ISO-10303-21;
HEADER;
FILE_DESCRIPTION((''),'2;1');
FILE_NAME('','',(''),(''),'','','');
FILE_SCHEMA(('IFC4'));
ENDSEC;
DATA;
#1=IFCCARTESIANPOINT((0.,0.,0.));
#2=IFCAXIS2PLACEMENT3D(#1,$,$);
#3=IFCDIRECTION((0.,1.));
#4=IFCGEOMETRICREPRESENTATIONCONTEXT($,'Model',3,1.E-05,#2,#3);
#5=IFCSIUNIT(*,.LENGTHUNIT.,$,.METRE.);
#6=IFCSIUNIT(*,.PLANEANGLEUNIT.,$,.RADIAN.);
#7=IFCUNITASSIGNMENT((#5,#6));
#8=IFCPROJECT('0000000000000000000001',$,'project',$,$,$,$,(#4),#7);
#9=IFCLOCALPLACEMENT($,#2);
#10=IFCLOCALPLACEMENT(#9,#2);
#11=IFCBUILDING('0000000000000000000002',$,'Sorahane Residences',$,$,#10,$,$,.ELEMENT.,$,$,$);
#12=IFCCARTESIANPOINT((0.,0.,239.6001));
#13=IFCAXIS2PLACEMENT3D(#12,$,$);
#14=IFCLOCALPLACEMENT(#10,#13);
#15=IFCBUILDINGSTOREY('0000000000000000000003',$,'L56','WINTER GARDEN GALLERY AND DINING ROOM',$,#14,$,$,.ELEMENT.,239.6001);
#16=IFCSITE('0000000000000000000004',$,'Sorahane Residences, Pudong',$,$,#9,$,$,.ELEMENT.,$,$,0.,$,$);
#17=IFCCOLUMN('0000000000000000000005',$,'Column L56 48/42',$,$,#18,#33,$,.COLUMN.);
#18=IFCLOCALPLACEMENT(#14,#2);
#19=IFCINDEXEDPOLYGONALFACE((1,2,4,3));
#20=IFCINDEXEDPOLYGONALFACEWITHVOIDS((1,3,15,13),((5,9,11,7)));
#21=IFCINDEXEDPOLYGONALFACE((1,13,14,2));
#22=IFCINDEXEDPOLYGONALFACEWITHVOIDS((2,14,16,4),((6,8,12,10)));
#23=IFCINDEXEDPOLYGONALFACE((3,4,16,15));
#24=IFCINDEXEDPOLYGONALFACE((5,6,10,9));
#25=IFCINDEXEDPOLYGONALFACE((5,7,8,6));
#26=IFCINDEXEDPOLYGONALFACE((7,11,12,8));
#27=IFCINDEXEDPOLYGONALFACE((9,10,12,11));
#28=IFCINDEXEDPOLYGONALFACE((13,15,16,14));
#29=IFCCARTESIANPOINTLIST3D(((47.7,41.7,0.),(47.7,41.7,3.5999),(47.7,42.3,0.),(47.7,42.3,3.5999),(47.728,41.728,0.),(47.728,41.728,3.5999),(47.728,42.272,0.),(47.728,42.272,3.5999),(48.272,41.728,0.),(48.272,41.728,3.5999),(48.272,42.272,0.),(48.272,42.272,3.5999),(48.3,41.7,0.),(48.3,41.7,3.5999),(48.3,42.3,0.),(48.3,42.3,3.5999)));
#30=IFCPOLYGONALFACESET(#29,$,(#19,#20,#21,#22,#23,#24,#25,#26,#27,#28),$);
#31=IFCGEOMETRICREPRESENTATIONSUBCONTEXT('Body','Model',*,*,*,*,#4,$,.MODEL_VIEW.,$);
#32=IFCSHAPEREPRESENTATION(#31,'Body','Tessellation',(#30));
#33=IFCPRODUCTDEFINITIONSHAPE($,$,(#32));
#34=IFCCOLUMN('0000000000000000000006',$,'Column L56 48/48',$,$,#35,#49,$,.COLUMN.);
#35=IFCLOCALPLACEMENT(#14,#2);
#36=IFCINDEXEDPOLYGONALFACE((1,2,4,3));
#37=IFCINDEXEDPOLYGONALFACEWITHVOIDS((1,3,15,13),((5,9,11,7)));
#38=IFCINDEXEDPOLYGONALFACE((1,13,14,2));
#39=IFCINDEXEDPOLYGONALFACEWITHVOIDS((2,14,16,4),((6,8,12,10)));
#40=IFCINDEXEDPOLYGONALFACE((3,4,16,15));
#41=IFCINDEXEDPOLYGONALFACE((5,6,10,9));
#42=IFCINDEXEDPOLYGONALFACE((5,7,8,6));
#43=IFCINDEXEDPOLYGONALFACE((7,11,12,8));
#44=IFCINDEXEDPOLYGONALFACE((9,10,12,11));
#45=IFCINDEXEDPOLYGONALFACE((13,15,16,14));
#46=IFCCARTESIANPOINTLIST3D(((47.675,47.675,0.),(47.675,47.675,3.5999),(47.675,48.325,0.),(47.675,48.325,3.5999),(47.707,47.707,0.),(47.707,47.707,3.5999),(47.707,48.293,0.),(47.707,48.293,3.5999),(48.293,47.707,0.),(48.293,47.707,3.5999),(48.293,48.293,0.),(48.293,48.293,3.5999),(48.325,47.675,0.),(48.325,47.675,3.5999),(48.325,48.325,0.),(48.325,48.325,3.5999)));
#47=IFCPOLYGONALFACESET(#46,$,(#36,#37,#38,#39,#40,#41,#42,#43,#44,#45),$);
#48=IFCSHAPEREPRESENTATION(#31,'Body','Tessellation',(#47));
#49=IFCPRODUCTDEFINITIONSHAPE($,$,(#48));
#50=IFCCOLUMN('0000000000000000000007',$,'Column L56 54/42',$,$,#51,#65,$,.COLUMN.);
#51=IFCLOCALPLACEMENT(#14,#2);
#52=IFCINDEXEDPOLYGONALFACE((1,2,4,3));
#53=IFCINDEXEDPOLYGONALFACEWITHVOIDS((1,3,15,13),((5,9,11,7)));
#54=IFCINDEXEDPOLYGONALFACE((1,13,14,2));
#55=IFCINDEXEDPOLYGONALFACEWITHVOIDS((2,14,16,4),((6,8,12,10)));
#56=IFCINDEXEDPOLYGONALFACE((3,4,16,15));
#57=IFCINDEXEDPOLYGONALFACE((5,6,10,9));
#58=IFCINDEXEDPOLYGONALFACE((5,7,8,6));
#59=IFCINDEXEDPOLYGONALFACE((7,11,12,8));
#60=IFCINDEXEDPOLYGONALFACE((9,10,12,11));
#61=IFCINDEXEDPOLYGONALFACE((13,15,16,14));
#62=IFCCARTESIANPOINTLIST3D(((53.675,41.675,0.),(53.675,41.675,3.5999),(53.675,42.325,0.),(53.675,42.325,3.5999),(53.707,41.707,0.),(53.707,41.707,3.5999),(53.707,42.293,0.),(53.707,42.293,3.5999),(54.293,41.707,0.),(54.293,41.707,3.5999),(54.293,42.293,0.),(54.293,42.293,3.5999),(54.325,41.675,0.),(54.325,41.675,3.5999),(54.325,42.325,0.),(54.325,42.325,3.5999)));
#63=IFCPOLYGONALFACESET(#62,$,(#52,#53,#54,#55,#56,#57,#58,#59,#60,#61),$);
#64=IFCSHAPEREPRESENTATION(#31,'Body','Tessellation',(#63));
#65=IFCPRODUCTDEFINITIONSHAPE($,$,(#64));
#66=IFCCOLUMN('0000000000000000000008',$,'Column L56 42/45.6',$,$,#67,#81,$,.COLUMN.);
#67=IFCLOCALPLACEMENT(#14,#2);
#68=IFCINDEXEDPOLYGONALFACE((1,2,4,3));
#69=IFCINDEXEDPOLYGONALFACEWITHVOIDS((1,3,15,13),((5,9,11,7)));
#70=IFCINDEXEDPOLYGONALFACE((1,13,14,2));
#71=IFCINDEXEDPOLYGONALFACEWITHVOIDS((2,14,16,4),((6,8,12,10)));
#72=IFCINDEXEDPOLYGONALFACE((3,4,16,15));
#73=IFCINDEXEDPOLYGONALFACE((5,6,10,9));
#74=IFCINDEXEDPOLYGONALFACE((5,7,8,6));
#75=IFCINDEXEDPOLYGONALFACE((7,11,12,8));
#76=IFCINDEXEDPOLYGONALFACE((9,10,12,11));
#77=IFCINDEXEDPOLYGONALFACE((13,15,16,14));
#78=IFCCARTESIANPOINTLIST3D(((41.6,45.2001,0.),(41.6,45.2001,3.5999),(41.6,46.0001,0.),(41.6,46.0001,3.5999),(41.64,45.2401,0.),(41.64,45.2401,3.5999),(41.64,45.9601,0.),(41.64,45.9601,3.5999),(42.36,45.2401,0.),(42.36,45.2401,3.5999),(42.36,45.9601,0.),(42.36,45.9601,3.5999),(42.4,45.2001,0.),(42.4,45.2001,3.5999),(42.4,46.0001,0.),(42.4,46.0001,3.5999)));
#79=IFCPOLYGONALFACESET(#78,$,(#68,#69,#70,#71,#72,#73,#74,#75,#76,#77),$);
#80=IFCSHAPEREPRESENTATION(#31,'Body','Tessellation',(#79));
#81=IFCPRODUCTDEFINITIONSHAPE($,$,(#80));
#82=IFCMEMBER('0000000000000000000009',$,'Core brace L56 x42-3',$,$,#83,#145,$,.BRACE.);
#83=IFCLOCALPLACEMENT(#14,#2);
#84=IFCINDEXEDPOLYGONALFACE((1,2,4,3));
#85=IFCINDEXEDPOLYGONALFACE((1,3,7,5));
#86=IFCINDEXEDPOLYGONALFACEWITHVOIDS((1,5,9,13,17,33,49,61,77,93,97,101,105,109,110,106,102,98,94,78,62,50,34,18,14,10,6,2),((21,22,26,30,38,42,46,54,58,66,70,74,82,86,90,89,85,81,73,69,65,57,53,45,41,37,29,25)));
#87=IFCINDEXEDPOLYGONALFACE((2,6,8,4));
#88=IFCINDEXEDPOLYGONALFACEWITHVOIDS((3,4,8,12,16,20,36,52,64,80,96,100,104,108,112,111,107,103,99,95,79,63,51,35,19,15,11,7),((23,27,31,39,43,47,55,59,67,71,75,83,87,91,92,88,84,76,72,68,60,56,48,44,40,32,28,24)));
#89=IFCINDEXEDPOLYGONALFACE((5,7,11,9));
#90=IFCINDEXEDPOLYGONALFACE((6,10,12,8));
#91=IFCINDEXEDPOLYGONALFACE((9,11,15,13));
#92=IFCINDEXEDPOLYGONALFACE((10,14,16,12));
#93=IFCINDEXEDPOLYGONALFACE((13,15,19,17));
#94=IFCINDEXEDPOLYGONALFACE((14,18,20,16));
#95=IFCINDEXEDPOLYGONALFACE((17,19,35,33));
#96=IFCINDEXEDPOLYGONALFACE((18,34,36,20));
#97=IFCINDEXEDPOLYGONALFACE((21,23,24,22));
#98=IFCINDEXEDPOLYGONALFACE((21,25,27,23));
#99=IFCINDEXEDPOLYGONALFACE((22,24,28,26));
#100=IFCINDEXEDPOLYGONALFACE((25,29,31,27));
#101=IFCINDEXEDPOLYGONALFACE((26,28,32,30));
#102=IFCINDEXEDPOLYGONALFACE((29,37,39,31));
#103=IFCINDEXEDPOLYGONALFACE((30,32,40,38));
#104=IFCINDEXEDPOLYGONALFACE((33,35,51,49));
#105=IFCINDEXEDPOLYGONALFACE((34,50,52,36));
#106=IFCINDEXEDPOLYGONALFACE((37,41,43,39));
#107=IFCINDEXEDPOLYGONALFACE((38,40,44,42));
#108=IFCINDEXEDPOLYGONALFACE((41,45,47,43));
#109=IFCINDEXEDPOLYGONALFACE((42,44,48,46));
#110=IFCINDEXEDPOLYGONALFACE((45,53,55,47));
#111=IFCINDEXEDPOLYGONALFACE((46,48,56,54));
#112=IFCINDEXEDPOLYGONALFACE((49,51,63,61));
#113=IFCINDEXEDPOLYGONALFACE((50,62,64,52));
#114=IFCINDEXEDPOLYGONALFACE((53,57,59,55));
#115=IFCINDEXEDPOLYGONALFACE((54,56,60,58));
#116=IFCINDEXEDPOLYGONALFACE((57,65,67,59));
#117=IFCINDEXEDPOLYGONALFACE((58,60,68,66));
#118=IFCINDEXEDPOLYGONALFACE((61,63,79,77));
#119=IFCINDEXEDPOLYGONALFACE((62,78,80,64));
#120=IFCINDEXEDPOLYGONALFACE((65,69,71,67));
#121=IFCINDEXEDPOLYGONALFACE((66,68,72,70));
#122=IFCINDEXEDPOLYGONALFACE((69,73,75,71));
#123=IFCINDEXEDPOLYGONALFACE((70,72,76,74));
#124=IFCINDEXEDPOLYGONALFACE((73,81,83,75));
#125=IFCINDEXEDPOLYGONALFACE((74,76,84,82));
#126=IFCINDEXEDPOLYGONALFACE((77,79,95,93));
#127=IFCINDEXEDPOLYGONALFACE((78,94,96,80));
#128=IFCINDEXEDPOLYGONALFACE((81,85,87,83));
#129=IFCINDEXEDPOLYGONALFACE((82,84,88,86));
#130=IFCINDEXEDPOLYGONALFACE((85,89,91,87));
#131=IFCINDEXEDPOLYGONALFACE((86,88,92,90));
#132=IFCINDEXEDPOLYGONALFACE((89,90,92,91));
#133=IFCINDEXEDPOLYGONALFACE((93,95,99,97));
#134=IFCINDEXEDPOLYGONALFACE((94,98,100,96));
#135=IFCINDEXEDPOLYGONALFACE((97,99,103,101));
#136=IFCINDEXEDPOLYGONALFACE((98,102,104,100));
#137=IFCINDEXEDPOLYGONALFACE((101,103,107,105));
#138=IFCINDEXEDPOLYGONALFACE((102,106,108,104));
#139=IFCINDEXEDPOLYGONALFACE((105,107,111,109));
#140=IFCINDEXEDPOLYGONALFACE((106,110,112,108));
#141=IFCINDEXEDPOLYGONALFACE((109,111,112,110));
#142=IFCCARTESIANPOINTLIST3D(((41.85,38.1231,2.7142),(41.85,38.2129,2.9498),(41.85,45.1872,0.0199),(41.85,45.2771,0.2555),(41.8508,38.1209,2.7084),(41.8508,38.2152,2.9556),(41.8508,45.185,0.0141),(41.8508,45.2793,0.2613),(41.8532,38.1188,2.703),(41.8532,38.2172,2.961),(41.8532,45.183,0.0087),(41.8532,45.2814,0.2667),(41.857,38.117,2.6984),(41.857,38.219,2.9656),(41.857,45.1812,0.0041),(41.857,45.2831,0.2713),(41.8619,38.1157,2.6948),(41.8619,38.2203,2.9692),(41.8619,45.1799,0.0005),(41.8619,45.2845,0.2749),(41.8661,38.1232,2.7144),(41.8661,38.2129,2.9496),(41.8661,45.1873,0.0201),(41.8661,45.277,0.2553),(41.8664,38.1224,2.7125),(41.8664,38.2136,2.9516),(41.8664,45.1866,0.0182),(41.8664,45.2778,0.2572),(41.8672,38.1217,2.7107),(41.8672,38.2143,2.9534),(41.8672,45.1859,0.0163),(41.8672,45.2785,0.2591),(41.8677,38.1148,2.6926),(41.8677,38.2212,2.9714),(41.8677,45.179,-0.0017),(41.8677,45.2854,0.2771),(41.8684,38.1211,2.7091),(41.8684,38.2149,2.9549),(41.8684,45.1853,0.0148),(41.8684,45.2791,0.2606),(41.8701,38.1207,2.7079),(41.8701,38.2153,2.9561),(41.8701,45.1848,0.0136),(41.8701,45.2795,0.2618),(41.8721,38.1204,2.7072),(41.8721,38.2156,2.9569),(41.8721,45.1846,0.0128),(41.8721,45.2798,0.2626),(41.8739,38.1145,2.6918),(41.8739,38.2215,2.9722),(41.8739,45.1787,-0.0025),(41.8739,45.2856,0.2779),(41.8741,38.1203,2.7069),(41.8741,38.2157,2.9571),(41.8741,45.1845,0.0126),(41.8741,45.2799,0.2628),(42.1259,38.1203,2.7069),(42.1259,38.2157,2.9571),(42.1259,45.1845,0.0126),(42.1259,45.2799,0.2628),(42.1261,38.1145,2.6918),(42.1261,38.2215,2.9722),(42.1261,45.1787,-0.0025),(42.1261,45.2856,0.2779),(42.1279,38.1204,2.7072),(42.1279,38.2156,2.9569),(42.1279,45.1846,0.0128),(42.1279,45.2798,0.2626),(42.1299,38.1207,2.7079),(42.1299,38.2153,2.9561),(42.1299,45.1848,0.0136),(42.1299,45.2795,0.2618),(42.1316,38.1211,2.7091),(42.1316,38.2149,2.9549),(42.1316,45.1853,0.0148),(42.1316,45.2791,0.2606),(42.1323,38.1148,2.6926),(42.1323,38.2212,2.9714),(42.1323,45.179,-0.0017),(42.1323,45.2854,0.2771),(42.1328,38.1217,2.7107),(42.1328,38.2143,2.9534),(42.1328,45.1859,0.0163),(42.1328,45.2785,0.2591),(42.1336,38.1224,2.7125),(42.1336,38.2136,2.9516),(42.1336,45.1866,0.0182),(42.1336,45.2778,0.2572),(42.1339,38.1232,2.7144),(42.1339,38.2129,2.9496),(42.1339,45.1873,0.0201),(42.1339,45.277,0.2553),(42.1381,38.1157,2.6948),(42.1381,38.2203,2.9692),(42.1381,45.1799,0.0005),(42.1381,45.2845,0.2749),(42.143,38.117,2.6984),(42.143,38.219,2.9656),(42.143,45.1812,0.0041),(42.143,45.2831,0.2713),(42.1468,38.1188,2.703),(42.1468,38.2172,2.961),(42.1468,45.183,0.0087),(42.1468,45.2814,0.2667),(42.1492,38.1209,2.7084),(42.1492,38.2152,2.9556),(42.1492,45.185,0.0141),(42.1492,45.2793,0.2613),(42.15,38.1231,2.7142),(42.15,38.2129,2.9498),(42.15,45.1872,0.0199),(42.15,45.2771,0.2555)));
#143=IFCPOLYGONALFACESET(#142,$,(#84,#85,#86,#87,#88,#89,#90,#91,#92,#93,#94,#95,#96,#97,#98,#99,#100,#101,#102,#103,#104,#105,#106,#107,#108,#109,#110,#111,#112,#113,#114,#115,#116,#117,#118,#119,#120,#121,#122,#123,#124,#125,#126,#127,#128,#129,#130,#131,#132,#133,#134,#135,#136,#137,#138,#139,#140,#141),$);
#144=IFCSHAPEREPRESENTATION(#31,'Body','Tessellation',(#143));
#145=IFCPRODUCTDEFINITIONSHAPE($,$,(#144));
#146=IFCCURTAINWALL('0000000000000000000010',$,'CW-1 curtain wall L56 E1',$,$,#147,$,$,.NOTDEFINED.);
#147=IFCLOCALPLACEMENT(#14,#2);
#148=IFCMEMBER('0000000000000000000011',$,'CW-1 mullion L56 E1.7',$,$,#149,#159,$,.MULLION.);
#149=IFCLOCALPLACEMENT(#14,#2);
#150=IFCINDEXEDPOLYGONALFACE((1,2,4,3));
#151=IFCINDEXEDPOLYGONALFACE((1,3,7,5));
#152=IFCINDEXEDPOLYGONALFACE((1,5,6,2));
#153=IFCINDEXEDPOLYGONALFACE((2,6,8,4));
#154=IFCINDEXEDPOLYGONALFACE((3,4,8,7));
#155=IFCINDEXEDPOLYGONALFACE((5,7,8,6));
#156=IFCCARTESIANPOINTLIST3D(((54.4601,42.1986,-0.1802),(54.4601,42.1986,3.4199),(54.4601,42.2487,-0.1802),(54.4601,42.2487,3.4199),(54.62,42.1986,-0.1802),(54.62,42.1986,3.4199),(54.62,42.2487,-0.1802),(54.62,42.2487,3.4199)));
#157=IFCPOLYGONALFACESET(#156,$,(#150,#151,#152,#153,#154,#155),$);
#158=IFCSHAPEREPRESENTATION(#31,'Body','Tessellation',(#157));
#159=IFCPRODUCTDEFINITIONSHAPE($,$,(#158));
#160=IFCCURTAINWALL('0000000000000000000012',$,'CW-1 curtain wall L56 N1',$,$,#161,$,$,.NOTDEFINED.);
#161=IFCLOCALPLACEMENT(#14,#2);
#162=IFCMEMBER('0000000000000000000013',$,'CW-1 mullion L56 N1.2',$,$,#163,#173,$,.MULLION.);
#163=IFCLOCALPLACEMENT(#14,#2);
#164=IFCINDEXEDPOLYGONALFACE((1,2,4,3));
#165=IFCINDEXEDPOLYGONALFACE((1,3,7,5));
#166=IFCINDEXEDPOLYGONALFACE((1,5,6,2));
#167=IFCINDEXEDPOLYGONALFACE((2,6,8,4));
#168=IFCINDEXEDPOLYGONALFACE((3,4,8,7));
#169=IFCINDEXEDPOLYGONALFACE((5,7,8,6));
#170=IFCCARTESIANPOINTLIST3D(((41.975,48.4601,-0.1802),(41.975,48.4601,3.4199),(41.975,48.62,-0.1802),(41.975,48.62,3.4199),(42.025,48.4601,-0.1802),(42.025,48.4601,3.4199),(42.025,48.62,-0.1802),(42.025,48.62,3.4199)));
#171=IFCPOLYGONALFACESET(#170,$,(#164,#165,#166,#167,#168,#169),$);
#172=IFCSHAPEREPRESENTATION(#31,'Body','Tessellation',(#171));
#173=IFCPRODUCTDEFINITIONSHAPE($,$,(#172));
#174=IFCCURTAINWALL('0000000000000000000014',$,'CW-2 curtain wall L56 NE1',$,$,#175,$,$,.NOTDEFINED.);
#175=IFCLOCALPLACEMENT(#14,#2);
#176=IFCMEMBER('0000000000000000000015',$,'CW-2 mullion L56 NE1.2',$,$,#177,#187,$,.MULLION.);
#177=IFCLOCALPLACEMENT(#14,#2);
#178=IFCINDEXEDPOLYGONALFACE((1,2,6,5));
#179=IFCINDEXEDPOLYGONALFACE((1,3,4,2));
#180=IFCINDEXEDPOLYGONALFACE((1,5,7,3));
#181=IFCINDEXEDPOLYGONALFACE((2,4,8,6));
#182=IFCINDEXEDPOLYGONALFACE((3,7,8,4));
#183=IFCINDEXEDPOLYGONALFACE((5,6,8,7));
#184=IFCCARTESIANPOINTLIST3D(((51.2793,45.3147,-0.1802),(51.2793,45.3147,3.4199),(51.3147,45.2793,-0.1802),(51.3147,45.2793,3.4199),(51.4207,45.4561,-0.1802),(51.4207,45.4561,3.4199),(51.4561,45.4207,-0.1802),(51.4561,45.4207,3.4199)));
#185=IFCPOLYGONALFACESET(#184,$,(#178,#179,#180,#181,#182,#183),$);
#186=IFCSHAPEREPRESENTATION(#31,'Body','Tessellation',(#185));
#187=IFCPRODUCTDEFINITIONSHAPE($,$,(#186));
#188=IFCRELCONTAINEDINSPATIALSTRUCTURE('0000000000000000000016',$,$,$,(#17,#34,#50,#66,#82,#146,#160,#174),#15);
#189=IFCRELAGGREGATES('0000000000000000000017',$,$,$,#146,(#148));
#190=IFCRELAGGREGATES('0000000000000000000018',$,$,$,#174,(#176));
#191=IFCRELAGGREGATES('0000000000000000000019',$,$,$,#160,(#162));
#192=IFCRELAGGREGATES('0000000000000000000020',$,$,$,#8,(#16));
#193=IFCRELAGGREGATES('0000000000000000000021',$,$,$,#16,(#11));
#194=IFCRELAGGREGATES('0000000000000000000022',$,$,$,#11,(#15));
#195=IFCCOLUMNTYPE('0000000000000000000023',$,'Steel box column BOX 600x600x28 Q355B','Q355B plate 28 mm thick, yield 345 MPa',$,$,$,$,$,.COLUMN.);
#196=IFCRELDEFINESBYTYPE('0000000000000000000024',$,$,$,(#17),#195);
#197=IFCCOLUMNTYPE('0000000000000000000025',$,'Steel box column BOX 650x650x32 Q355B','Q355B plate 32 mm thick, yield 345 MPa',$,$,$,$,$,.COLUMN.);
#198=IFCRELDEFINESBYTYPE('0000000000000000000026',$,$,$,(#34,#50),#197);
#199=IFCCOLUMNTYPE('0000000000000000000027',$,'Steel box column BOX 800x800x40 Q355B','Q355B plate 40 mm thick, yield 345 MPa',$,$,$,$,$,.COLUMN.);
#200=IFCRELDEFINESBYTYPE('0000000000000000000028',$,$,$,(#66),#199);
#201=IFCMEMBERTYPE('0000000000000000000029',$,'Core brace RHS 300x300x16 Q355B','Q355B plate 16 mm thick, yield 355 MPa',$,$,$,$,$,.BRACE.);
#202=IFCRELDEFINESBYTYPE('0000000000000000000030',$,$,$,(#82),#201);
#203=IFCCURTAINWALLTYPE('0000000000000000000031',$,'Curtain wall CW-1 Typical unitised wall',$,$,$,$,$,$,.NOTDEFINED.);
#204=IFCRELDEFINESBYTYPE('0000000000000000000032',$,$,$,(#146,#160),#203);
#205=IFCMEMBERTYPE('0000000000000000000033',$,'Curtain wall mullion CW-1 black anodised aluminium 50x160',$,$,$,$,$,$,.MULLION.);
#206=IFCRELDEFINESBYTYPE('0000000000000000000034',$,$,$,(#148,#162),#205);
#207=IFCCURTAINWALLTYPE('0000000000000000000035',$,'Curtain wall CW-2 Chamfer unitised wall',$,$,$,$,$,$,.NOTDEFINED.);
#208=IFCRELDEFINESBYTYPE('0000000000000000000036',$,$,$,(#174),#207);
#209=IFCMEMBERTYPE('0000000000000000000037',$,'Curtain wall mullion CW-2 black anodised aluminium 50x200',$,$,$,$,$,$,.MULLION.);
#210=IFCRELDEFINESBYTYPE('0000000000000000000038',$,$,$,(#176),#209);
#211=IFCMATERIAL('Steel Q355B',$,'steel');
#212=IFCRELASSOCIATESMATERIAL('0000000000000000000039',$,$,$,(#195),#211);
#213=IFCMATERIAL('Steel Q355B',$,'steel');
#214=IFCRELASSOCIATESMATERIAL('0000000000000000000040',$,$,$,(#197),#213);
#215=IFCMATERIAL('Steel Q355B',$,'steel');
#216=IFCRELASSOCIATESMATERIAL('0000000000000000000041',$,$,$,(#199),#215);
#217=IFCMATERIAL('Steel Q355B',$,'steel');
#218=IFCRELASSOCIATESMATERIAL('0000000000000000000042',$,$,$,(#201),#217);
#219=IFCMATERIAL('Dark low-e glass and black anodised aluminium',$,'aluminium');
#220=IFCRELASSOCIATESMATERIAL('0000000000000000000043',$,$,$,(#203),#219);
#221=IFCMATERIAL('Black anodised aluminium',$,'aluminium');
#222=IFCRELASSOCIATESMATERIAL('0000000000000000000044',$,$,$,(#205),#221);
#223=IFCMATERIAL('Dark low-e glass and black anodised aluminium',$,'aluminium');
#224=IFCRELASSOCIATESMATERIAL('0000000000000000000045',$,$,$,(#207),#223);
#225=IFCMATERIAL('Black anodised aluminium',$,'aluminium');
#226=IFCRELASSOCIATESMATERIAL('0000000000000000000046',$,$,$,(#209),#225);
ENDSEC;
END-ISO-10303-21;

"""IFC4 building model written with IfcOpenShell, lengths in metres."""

from ifc_helpers import new_model, si_unit, direction, frame, origin, origin_2d, place, context, subcontext, project, spatial, rectangle, hollow_rectangle, extrude, material, material_profile, profile_set, type_object, element, aggregate, save


model = new_model("IFC4")

# Units and contexts
model_context = context("Model", 3, precision=1e-05, world=origin(), true_north=direction((0.0, 1.0)))
body_context = subcontext(model_context, "Body", "Model", "MODEL_VIEW")
ifc_project = project(units=[si_unit("LENGTHUNIT", "METRE"), si_unit("PLANEANGLEUNIT", "RADIAN")], contexts=[model_context])

# Site, building, storey
site_placement = place(None, origin())
site = spatial("IfcSite", under=ifc_project, at=site_placement, Name="Sorahane Residences, Pudong", CompositionType="ELEMENT", RefElevation=0.0)
building_placement = place(site_placement, origin())
building = spatial("IfcBuilding", under=site, at=building_placement, Name="Sorahane Residences", CompositionType="ELEMENT")
storey_placement = place(building_placement, frame((0.0, 0.0, 239.6001)))
storey = spatial("IfcBuildingStorey", under=building, at=storey_placement, Name="L56", Description="WINTER GARDEN GALLERY AND DINING ROOM", CompositionType="ELEMENT", Elevation=239.6001)

# Columns
ifc_material_1 = material(Name="Steel Q355B", Category="steel")
ifc_material_profile_1 = material_profile(ifc_material_1, hollow_rectangle(XDim=0.6001, YDim=0.6001, WallThickness=0.0281, at=origin_2d()), Name="BOX 600x600x28")
ifc_profile_set_1 = profile_set([ifc_material_profile_1], Name="Steel Q355B")
column_type_1 = type_object("IfcColumnType", Name="Steel box column BOX 600x600x28 Q355B", Description="Q355B plate 28 mm thick, yield 345 MPa", PredefinedType="COLUMN", material=ifc_profile_set_1)
column_1_placement = place(storey_placement, frame((48.0, 42.0, 0.0), z_axis=(0.0, 0.0, 1.0), x_axis=(1.0, 0.0, 0.0)))
element("IfcColumn", 1, at=column_1_placement, inside=storey, type_object=column_type_1, Name="Column L56 48/42", PredefinedType="COLUMN", context=body_context, shape_type="SweptSolid", body=[
    extrude(hollow_rectangle(XDim=0.6001, YDim=0.6001, WallThickness=0.0281, at=origin_2d()), origin(), (0.0, 0.0, 1.0), 3.5999),
])
ifc_material_2 = material(Name="Steel Q355B", Category="steel")
ifc_material_profile_2 = material_profile(ifc_material_2, hollow_rectangle(XDim=0.6499, YDim=0.6499, WallThickness=0.032, at=origin_2d()), Name="BOX 650x650x32")
ifc_profile_set_2 = profile_set([ifc_material_profile_2], Name="Steel Q355B")
column_type_2 = type_object("IfcColumnType", Name="Steel box column BOX 650x650x32 Q355B", Description="Q355B plate 32 mm thick, yield 345 MPa", PredefinedType="COLUMN", material=ifc_profile_set_2)
for number, where, z_axis, x_axis, name in (
    (2, (48.0, 48.0, 0.0), (0.0, 0.0, 1.0), (1.0, 0.0, 0.0), "Column L56 48/48"),
    (3, (54.0, 42.0, 0.0), (0.0, 0.0, 1.0), (1.0, 0.0, 0.0), "Column L56 54/42"),
):
    element("IfcColumn", number, at=place(storey_placement, frame(where, z_axis=z_axis, x_axis=x_axis)), inside=storey, type_object=column_type_2, Name=name, PredefinedType="COLUMN", context=body_context, shape_type="SweptSolid", body=[
        extrude(hollow_rectangle(XDim=0.6499, YDim=0.6499, WallThickness=0.032, at=origin_2d()), origin(), (0.0, 0.0, 1.0), 3.5999),
    ])
ifc_material_3 = material(Name="Steel Q355B", Category="steel")
ifc_material_profile_3 = material_profile(ifc_material_3, hollow_rectangle(XDim=0.8, YDim=0.8, WallThickness=0.04, at=origin_2d()), Name="BOX 800x800x40")
ifc_profile_set_3 = profile_set([ifc_material_profile_3], Name="Steel Q355B")
column_type_3 = type_object("IfcColumnType", Name="Steel box column BOX 800x800x40 Q355B", Description="Q355B plate 40 mm thick, yield 345 MPa", PredefinedType="COLUMN", material=ifc_profile_set_3)
column_2_placement = place(storey_placement, frame((42.0, 45.6001, 0.0), z_axis=(0.0, 0.0, 1.0), x_axis=(1.0, 0.0, 0.0)))
element("IfcColumn", 4, at=column_2_placement, inside=storey, type_object=column_type_3, Name="Column L56 42/45.6", PredefinedType="COLUMN", context=body_context, shape_type="SweptSolid", body=[
    extrude(hollow_rectangle(XDim=0.8, YDim=0.8, WallThickness=0.04, at=origin_2d()), origin(), (0.0, 0.0, 1.0), 3.5999),
])

# Member
ifc_material_4 = material(Name="Steel Q355B", Category="steel")
ifc_material_profile_4 = material_profile(ifc_material_4, hollow_rectangle(XDim=0.3, YDim=0.3, WallThickness=0.0161, InnerFilletRadius=0.0081, OuterFilletRadius=0.0239, at=origin_2d()), Name="RHS 300x300x16")
ifc_profile_set_4 = profile_set([ifc_material_profile_4], Name="Steel Q355B")
member_type_1 = type_object("IfcMemberType", Name="Core brace RHS 300x300x16 Q355B", Description="Q355B plate 16 mm thick, yield 355 MPa", PredefinedType="BRACE", material=ifc_profile_set_4)
member_1_placement = place(storey_placement, frame((42.0, 45.2322, 0.1377), z_axis=(0.0, -0.934346, 0.356366), x_axis=(1.0, 0.0, 0.0)))
element("IfcMember", 5, at=member_1_placement, inside=storey, type_object=member_type_1, Name="Core brace L56 x42-3", PredefinedType="BRACE", context=body_context, shape_type="SweptSolid", body=[
    extrude(hollow_rectangle(XDim=0.3, YDim=0.3, WallThickness=0.0161, InnerFilletRadius=0.0081, OuterFilletRadius=0.0239, at=origin_2d()), origin(), (0.0, 0.0, 1.0), 7.5605),
])

# Curtain walls, members
ifc_material_5 = material(Name="Dark low-e glass and black anodised aluminium", Category="aluminium")
curtain_wall_type_1 = type_object("IfcCurtainWallType", Name="Curtain wall CW-1 Typical unitised wall", PredefinedType="NOTDEFINED", material=ifc_material_5)
curtain_wall_1_placement = place(storey_placement, origin())
curtain_wall_1 = element("IfcCurtainWall", 6, at=curtain_wall_1_placement, inside=storey, type_object=curtain_wall_type_1, Name="CW-1 curtain wall L56 E1", PredefinedType="NOTDEFINED")
ifc_material_6 = material(Name="Black anodised aluminium", Category="aluminium")
ifc_material_profile_5 = material_profile(ifc_material_6, rectangle(XDim=0.1599, YDim=0.05, at=origin_2d()), Name="Curtain wall mullion CW-1 black anodised aluminium 50x160")
ifc_profile_set_5 = profile_set([ifc_material_profile_5], Name="Black anodised aluminium")
member_type_2 = type_object("IfcMemberType", Name="Curtain wall mullion CW-1 black anodised aluminium 50x160", PredefinedType="MULLION", material=ifc_profile_set_5)
member_2_placement = place(storey_placement, frame((54.54, 42.2236, -0.1802), z_axis=(0.0, 0.0, 1.0), x_axis=(1.0, 0.0, 0.0)))
member_2 = element("IfcMember", 7, at=member_2_placement, type_object=member_type_2, Name="CW-1 mullion L56 E1.7", PredefinedType="MULLION", context=body_context, shape_type="SweptSolid", body=[
    extrude(rectangle(XDim=0.1599, YDim=0.05, at=origin_2d()), origin(), (0.0, 0.0, 1.0), 3.6001),
])
curtain_wall_2_placement = place(storey_placement, origin())
curtain_wall_2 = element("IfcCurtainWall", 8, at=curtain_wall_2_placement, inside=storey, type_object=curtain_wall_type_1, Name="CW-1 curtain wall L56 N1", PredefinedType="NOTDEFINED")
member_3_placement = place(storey_placement, frame((42.0, 48.54, -0.1802), z_axis=(0.0, 0.0, 1.0), x_axis=(0.0, 1.0, 0.0)))
member_3 = element("IfcMember", 9, at=member_3_placement, type_object=member_type_2, Name="CW-1 mullion L56 N1.2", PredefinedType="MULLION", context=body_context, shape_type="SweptSolid", body=[
    extrude(rectangle(XDim=0.1599, YDim=0.05, at=origin_2d()), origin(), (0.0, 0.0, 1.0), 3.6001),
])

# Curtain wall, member
ifc_material_7 = material(Name="Dark low-e glass and black anodised aluminium", Category="aluminium")
curtain_wall_type_2 = type_object("IfcCurtainWallType", Name="Curtain wall CW-2 Chamfer unitised wall", PredefinedType="NOTDEFINED", material=ifc_material_7)
curtain_wall_3_placement = place(storey_placement, origin())
curtain_wall_3 = element("IfcCurtainWall", 10, at=curtain_wall_3_placement, inside=storey, type_object=curtain_wall_type_2, Name="CW-2 curtain wall L56 NE1", PredefinedType="NOTDEFINED")
ifc_material_8 = material(Name="Black anodised aluminium", Category="aluminium")
ifc_material_profile_6 = material_profile(ifc_material_8, rectangle(XDim=0.2, YDim=0.05, at=origin_2d()), Name="Curtain wall mullion CW-2 black anodised aluminium 50x200")
ifc_profile_set_6 = profile_set([ifc_material_profile_6], Name="Black anodised aluminium")
member_type_3 = type_object("IfcMemberType", Name="Curtain wall mullion CW-2 black anodised aluminium 50x200", PredefinedType="MULLION", material=ifc_profile_set_6)
member_4_placement = place(storey_placement, frame((51.3677, 45.3677, -0.1802), z_axis=(0.0, 0.0, 1.0), x_axis=(0.707107, 0.707107, 0.0)))
member_4 = element("IfcMember", 11, at=member_4_placement, type_object=member_type_3, Name="CW-2 mullion L56 NE1.2", PredefinedType="MULLION", context=body_context, shape_type="SweptSolid", body=[
    extrude(rectangle(XDim=0.2, YDim=0.05, at=origin_2d()), origin(), (0.0, 0.0, 1.0), 3.6001),
])

aggregate(curtain_wall_1, [member_2])
aggregate(curtain_wall_3, [member_4])
aggregate(curtain_wall_2, [member_3])

save(model, "model.ifc")
